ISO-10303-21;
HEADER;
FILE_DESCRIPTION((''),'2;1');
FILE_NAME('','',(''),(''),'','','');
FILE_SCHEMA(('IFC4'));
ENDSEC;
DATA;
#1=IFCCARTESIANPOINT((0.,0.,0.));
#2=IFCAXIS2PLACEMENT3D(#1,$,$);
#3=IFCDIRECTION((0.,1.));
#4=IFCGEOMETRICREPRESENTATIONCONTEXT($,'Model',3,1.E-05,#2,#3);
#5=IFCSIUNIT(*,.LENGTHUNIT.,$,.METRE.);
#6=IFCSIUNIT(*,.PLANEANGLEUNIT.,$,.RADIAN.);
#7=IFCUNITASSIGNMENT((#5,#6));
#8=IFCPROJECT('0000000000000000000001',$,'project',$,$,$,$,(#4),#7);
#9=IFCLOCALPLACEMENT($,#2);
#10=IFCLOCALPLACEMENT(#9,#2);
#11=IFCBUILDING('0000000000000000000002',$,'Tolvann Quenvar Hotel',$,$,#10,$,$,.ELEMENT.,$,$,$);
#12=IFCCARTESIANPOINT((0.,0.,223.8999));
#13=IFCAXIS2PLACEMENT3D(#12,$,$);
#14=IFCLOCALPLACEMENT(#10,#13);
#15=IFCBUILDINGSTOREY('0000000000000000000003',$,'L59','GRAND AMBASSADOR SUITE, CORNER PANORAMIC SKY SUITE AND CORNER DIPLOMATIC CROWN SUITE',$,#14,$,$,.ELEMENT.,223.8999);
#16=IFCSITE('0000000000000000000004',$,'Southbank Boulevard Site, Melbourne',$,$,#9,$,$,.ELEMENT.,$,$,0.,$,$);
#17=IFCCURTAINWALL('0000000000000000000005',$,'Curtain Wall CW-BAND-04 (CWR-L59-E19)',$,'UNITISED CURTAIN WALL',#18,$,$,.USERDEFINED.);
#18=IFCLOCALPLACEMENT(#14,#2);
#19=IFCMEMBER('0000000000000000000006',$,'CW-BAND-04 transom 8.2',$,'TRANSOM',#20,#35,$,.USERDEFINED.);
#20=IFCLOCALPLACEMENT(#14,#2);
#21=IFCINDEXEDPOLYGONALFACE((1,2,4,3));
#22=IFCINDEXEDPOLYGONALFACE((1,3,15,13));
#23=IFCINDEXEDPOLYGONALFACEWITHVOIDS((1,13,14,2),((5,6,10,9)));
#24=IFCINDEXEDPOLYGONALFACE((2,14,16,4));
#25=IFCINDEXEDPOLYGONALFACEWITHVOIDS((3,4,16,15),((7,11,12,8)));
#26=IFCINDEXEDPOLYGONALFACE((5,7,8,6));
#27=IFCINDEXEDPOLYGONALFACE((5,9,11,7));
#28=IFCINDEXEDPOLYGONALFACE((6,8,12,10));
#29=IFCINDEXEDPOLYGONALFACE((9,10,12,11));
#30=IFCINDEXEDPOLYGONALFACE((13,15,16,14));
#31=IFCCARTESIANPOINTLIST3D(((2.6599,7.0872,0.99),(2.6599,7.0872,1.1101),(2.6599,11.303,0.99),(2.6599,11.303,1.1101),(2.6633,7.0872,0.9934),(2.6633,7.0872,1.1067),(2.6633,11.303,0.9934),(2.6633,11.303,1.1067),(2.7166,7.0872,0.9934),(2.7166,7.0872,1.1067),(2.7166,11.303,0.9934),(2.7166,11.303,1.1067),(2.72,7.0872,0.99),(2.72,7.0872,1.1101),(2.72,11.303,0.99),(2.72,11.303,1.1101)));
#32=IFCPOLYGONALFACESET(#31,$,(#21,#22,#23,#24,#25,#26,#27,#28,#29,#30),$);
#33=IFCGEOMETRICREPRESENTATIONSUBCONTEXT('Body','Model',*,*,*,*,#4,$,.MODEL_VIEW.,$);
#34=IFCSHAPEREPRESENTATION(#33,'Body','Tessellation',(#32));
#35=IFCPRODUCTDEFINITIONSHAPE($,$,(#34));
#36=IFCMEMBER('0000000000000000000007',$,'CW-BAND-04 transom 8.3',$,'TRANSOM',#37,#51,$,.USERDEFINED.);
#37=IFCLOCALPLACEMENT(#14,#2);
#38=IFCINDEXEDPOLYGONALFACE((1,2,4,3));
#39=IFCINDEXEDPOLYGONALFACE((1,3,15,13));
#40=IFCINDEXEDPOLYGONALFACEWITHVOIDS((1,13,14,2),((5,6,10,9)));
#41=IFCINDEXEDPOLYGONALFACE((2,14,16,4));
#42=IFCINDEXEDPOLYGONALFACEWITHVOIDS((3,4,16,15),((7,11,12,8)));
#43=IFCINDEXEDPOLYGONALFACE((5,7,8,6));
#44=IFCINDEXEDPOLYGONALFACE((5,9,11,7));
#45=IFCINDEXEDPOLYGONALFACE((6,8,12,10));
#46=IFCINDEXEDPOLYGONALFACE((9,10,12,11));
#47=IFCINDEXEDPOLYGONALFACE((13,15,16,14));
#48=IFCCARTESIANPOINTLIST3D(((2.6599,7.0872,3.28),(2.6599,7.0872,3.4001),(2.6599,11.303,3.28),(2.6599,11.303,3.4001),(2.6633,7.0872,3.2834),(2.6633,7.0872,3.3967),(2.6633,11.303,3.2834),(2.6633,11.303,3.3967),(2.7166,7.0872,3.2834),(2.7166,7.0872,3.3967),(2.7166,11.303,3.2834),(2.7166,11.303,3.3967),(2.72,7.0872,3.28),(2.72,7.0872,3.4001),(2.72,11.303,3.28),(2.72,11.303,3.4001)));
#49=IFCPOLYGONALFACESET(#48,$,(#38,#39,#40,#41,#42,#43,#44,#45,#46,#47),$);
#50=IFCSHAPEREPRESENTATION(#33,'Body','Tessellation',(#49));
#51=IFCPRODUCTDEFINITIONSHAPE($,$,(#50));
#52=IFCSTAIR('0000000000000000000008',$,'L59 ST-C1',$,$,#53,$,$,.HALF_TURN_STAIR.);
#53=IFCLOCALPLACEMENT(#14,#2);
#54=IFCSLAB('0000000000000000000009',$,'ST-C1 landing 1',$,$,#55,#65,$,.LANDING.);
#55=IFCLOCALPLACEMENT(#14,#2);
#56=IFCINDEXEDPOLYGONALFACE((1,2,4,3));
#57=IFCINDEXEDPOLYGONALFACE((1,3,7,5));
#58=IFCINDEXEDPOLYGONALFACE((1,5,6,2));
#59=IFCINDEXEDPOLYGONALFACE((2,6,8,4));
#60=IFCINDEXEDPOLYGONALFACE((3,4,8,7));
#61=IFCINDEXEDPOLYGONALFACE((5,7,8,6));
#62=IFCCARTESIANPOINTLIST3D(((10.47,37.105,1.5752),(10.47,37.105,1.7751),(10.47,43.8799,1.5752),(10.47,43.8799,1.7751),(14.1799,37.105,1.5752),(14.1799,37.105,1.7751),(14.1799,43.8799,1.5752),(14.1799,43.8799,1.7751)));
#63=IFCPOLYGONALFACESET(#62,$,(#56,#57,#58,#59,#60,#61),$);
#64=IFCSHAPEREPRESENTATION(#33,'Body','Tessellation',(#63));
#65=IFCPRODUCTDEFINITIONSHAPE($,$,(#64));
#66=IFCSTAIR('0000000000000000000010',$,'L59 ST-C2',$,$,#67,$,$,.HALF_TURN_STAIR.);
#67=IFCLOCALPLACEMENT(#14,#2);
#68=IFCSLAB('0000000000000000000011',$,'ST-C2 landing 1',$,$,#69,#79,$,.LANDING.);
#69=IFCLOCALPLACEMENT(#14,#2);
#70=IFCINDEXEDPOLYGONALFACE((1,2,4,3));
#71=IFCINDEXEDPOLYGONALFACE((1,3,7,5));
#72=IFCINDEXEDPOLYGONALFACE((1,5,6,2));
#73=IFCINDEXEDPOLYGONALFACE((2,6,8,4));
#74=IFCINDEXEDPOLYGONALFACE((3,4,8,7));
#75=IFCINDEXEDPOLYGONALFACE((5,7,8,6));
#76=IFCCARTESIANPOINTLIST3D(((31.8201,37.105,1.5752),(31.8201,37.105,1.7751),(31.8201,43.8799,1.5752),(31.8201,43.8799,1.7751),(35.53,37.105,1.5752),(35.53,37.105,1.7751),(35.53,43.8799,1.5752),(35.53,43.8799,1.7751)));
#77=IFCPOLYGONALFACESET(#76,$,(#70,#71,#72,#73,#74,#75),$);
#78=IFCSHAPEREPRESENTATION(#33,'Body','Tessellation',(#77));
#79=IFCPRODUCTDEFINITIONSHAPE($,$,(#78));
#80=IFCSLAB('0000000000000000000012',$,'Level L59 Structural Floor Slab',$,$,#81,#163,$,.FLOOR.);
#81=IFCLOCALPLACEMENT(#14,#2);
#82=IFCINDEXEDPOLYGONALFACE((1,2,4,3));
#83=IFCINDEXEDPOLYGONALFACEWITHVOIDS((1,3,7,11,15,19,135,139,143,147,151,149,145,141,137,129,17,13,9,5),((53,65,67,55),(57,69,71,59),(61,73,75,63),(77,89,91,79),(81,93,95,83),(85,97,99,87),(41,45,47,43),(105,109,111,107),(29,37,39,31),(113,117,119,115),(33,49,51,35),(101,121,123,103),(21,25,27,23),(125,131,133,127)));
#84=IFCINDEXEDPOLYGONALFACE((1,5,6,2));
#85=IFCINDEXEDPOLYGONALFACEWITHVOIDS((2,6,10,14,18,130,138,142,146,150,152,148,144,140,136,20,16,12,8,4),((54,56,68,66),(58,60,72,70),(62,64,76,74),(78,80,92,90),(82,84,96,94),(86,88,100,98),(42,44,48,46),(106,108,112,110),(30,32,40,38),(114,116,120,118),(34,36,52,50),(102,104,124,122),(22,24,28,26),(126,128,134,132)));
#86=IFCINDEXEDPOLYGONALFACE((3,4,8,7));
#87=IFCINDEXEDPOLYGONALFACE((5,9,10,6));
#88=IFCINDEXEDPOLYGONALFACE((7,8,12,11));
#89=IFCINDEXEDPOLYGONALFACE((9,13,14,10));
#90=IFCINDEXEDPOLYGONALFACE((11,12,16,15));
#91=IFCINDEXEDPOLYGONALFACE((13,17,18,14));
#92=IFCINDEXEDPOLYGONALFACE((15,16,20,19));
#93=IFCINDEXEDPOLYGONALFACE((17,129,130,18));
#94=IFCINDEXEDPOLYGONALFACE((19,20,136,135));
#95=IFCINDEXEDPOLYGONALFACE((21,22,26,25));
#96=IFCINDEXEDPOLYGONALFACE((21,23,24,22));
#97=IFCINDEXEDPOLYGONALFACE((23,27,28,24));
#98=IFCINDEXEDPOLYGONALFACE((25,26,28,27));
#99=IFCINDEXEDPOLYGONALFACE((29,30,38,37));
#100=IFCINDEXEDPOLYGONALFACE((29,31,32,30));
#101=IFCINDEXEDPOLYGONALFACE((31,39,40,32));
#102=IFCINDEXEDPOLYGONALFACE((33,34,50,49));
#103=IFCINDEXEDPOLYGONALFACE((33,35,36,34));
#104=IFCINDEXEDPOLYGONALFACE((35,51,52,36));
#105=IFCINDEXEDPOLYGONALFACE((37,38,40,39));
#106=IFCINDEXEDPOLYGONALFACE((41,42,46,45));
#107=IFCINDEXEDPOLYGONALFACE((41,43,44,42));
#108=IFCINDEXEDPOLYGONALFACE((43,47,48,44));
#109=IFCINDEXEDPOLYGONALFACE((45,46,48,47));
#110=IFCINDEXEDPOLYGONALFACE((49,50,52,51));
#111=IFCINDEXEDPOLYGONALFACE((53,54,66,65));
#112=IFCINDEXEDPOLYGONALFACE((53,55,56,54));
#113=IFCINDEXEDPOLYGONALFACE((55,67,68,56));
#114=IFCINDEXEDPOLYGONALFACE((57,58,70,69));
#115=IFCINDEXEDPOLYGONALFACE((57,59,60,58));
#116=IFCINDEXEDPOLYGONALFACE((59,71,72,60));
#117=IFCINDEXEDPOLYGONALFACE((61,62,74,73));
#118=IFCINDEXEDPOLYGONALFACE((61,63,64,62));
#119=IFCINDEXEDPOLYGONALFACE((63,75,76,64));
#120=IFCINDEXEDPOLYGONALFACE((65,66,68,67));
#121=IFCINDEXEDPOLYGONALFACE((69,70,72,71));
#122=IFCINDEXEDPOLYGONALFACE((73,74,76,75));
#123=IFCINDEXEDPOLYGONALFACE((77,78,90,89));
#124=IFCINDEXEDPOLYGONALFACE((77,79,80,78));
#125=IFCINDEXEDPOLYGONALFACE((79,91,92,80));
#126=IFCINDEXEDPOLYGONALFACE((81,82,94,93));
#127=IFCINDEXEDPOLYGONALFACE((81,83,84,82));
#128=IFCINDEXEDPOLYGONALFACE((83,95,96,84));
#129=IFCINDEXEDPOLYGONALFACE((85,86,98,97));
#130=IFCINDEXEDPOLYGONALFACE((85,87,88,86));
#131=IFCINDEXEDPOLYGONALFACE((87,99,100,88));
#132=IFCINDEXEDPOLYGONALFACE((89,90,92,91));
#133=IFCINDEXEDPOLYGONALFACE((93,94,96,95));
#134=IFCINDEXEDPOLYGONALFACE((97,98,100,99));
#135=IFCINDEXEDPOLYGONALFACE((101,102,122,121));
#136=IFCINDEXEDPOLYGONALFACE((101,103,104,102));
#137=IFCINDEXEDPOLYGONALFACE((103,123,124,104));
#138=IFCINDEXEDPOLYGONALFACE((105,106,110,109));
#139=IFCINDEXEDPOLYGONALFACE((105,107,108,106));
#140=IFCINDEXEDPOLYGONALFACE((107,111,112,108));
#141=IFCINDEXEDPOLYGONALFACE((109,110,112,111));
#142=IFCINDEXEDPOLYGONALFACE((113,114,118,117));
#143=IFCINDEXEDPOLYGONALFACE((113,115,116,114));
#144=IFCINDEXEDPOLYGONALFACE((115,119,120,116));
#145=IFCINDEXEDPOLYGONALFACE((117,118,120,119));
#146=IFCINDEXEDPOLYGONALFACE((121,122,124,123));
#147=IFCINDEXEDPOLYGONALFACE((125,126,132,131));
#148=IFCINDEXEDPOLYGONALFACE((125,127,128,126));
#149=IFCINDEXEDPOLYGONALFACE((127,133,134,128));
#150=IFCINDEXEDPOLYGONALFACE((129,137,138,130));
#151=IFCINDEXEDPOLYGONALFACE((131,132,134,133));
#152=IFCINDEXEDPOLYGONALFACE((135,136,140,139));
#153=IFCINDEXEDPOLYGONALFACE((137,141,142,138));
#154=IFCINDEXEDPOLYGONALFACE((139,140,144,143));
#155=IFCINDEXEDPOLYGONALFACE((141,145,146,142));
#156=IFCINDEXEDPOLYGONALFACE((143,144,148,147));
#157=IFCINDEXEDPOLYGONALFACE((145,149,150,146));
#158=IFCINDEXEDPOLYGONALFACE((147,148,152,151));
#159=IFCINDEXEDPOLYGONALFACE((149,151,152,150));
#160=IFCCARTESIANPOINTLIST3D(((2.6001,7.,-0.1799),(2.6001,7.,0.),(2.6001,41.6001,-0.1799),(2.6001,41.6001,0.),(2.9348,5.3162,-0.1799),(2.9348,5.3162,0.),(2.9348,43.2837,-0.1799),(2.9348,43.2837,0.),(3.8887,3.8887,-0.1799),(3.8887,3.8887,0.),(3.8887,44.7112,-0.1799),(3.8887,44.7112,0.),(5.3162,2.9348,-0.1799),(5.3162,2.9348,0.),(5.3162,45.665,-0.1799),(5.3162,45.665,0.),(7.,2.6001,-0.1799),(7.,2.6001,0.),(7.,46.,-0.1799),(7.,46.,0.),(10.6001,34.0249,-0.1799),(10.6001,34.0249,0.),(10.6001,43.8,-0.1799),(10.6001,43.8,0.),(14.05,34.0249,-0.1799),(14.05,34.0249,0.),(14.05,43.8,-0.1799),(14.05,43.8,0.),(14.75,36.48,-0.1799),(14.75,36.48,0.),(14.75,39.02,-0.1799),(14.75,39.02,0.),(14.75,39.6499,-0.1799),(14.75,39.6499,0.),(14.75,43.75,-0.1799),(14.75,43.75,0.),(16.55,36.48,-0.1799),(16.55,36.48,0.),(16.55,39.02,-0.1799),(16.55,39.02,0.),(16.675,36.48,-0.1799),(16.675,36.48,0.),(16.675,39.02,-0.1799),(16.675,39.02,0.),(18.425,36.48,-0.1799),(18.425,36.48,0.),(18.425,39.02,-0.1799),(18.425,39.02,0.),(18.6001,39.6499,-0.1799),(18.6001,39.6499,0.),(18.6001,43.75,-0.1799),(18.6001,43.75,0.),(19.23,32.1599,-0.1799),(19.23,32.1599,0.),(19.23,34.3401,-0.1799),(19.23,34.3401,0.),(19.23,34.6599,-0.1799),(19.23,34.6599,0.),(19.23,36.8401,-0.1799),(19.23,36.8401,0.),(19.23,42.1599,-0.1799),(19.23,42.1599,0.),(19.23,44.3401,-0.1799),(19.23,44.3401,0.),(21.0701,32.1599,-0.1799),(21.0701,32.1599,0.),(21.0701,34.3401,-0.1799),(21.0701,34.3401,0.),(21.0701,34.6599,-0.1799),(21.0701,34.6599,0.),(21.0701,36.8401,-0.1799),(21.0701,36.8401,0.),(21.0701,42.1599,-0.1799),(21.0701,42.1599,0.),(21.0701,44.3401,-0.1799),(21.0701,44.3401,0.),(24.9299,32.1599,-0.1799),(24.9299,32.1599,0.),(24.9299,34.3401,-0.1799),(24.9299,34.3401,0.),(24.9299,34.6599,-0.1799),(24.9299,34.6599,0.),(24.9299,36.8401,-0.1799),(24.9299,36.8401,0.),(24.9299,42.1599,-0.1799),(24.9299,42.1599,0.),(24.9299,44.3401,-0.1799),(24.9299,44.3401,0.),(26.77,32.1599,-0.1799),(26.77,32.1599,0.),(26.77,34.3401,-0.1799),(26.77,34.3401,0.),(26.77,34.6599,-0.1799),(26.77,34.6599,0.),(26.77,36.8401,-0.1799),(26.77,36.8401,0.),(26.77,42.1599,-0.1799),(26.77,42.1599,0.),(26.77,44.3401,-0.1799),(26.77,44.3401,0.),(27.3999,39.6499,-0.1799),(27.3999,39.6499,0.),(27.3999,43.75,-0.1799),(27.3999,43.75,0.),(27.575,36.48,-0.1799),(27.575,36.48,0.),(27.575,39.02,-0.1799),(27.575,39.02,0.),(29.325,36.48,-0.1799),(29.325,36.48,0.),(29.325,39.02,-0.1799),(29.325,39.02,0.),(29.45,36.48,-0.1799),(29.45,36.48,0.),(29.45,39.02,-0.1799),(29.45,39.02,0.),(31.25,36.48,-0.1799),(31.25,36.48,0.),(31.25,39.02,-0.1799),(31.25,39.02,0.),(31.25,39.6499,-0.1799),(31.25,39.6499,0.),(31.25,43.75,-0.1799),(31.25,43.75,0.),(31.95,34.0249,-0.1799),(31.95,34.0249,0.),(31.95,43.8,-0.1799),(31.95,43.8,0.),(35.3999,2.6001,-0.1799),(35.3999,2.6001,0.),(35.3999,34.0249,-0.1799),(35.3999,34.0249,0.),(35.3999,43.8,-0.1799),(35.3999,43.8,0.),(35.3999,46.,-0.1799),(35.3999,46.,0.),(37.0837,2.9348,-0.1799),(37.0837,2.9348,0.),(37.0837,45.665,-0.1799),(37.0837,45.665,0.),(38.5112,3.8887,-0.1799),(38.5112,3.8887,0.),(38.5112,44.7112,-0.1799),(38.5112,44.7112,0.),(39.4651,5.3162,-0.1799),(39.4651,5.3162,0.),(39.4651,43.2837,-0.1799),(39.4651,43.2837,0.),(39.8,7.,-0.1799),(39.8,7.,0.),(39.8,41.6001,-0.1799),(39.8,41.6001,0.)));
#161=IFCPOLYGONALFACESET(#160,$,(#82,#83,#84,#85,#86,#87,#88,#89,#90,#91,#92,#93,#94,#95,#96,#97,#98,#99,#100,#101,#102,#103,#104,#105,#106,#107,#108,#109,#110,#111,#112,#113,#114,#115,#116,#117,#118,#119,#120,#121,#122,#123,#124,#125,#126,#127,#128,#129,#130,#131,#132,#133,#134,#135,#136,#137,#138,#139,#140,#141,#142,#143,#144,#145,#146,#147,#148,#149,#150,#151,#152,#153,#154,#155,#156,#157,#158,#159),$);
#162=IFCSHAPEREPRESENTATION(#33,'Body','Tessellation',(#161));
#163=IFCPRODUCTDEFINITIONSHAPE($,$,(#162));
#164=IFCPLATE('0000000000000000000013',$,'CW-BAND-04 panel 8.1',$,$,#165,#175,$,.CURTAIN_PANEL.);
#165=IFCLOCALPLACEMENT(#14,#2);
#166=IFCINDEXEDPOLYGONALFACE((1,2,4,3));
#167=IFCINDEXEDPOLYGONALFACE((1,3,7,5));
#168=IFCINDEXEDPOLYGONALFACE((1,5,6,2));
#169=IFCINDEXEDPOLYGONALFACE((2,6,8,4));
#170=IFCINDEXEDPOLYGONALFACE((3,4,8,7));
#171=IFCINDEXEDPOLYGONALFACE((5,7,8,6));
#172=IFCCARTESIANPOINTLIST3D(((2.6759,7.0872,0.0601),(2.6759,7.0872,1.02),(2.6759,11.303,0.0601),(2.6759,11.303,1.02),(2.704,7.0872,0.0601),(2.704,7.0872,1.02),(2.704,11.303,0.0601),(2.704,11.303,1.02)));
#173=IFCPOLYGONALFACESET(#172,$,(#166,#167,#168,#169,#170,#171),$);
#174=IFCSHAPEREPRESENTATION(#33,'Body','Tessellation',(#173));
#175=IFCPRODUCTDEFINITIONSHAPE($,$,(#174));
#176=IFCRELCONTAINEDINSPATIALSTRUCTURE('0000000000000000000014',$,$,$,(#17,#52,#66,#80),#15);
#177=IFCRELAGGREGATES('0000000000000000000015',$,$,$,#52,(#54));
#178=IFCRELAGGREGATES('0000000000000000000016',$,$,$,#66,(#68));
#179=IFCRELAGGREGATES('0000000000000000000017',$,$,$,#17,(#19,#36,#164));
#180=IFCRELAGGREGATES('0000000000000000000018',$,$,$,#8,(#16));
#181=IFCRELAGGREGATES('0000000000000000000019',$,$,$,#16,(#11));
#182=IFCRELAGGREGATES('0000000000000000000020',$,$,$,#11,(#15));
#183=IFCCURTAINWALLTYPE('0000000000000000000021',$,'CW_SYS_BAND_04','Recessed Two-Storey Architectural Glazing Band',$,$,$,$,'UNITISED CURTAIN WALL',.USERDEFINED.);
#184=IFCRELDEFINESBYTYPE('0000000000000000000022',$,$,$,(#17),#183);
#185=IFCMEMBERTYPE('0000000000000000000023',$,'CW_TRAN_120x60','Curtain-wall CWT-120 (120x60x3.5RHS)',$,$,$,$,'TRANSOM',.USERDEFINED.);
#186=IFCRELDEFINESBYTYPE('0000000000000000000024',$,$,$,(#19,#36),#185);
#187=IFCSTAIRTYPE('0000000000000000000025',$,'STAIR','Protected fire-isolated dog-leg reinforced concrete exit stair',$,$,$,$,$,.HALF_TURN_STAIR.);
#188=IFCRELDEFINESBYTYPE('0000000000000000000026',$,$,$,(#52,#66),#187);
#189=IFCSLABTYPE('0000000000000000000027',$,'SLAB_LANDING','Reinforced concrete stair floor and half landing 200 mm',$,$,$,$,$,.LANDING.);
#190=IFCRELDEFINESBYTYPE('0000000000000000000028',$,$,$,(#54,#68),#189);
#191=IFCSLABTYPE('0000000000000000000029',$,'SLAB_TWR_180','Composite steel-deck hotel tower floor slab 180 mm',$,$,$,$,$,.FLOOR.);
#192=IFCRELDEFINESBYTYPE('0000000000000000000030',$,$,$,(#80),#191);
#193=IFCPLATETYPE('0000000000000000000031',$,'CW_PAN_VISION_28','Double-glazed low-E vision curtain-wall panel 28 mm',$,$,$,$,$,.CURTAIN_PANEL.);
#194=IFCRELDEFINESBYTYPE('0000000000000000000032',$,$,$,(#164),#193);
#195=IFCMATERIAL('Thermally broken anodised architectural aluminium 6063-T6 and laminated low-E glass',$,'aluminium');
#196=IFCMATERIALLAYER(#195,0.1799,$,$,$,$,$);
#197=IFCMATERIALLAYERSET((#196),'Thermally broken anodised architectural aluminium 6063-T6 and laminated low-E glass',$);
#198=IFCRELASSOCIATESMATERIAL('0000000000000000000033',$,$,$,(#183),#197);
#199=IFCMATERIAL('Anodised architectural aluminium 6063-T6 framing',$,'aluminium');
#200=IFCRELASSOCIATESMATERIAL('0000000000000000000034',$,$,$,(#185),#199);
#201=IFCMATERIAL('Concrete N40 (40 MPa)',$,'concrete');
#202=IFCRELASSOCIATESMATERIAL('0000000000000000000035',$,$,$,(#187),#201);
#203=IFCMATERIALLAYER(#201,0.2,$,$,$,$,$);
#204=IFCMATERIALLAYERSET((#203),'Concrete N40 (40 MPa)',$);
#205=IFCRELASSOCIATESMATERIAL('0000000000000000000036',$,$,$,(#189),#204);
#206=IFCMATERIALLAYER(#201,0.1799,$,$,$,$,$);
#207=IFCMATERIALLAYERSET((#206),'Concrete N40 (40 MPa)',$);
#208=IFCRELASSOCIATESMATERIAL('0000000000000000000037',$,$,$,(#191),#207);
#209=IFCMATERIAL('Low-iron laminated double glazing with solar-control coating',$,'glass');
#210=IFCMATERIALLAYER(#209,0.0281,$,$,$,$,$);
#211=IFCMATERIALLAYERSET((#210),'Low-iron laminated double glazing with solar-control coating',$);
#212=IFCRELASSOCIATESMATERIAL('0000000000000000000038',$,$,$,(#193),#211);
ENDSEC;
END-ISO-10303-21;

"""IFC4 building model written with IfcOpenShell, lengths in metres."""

from ifc_helpers import new_model, si_unit, direction, frame, origin, origin_2d, place, context, subcontext, project, spatial, polyline, rectangle, hollow_rectangle, outline, extrude, source, transform, mapped, material, layer, layer_set, material_profile, profile_set, type_object, type_shapes, element, aggregate, save


model = new_model("IFC4")

# Units and contexts
model_context = context("Model", 3, precision=1e-05, world=origin(), true_north=direction((0.0, 1.0)))
body_context = subcontext(model_context, "Body", "Model", "MODEL_VIEW")
ifc_project = project(units=[si_unit("LENGTHUNIT", "METRE"), si_unit("PLANEANGLEUNIT", "RADIAN")], contexts=[model_context])

# Site, building, storey
site_placement = place(None, origin())
site = spatial("IfcSite", under=ifc_project, at=site_placement, Name="Southbank Boulevard Site, Melbourne", CompositionType="ELEMENT", RefElevation=0.0)
building_placement = place(site_placement, origin())
building = spatial("IfcBuilding", under=site, at=building_placement, Name="Tolvann Quenvar Hotel", CompositionType="ELEMENT")
storey_placement = place(building_placement, frame((0.0, 0.0, 223.8999)))
storey = spatial("IfcBuildingStorey", under=building, at=storey_placement, Name="L59", Description="GRAND AMBASSADOR SUITE, CORNER PANORAMIC SKY SUITE AND CORNER DIPLOMATIC CROWN SUITE", CompositionType="ELEMENT", Elevation=223.8999)

# Curtain wall, members
ifc_material_1 = material(Name="Thermally broken anodised architectural aluminium 6063-T6 and laminated low-E glass", Category="aluminium")
ifc_layer_1 = layer(ifc_material_1, 0.1799)
ifc_layer_set_1 = layer_set([ifc_layer_1], Name="Thermally broken anodised architectural aluminium 6063-T6 and laminated low-E glass")
curtain_wall_type = type_object("IfcCurtainWallType", Name="CW_SYS_BAND_04", Description="Recessed Two-Storey Architectural Glazing Band", ElementType="UNITISED CURTAIN WALL", PredefinedType="USERDEFINED", material=ifc_layer_set_1)
curtain_wall_placement = place(storey_placement, origin())
curtain_wall = element("IfcCurtainWall", 1, at=curtain_wall_placement, inside=storey, type_object=curtain_wall_type, Name="Curtain Wall CW-BAND-04 (CWR-L59-E19)", ObjectType="UNITISED CURTAIN WALL", PredefinedType="USERDEFINED")
ifc_material_2 = material(Name="Anodised architectural aluminium 6063-T6 framing", Category="aluminium")
ifc_material_profile_1 = material_profile(ifc_material_2, hollow_rectangle(XDim=0.0601, YDim=0.1201, WallThickness=0.0034, at=origin_2d()), Name="120x60x3.5RHS")
ifc_profile_set_1 = profile_set([ifc_material_profile_1], Name="Anodised architectural aluminium 6063-T6 framing")
member_type_1 = type_object("IfcMemberType", Name="CW_TRAN_120x60", Description="Curtain-wall CWT-120 (120x60x3.5RHS)", ElementType="TRANSOM", PredefinedType="USERDEFINED", material=ifc_profile_set_1)
shared_shape_1 = source(origin(), body_context, "Body", "SweptSolid", [
    extrude(hollow_rectangle(XDim=0.0601, YDim=0.1201, WallThickness=0.0034, at=origin_2d()), origin(), (0.0, 0.0, 1.0), 4.2158),
])
type_shapes(member_type_1, [shared_shape_1])
member_1_placement = place(storey_placement, frame((2.6899, 11.303, 1.05), z_axis=(0.0, -1.0, 0.0), x_axis=(1.0, 0.0, 0.0)))
member_1 = element("IfcMember", 2, at=member_1_placement, type_object=member_type_1, Name="CW-BAND-04 transom 8.2", ObjectType="TRANSOM", PredefinedType="USERDEFINED", context=body_context, shape_type="MappedRepresentation", body=[
    mapped(shared_shape_1, transform((0.0, 0.0, 0.0), x_axis=(1.0, 0.0, 0.0), y_axis=(0.0, 1.0, 0.0), z_axis=(0.0, 0.0, 1.0), scale=1.0)),
])
member_2_placement = place(storey_placement, frame((2.6899, 11.303, 3.3401), z_axis=(0.0, -1.0, 0.0), x_axis=(1.0, 0.0, 0.0)))
member_2 = element("IfcMember", 3, at=member_2_placement, type_object=member_type_1, Name="CW-BAND-04 transom 8.3", ObjectType="TRANSOM", PredefinedType="USERDEFINED", context=body_context, shape_type="MappedRepresentation", body=[
    mapped(shared_shape_1, transform((0.0, 0.0, 0.0), x_axis=(1.0, 0.0, 0.0), y_axis=(0.0, 1.0, 0.0), z_axis=(0.0, 0.0, 1.0), scale=1.0)),
])

# Stairs, slabs
ifc_material_3 = material(Name="Concrete N40 (40 MPa)", Category="concrete")
stair_type = type_object("IfcStairType", Name="STAIR", Description="Protected fire-isolated dog-leg reinforced concrete exit stair", PredefinedType="HALF_TURN_STAIR", material=ifc_material_3)
stair_1_placement = place(storey_placement, origin())
stair_1 = element("IfcStair", 4, at=stair_1_placement, inside=storey, type_object=stair_type, Name="L59 ST-C1", PredefinedType="HALF_TURN_STAIR")
ifc_layer_2 = layer(ifc_material_3, 0.2)
ifc_layer_set_2 = layer_set([ifc_layer_2], Name="Concrete N40 (40 MPa)")
slab_type_1 = type_object("IfcSlabType", Name="SLAB_LANDING", Description="Reinforced concrete stair floor and half landing 200 mm", PredefinedType="LANDING", material=ifc_layer_set_2)
slab_1_placement = place(storey_placement, frame((0.0, 0.0, 1.5752)))
slab_1 = element("IfcSlab", 5, at=slab_1_placement, type_object=slab_type_1, Name="ST-C1 landing 1", PredefinedType="LANDING", context=body_context, shape_type="SweptSolid", body=[
    extrude(outline(polyline([(14.1799, 37.105), (14.1799, 43.8799), (10.47, 43.8799), (10.47, 37.105), (14.1799, 37.105)])), origin(), (0.0, 0.0, 1.0), 0.2),
])
aggregate(stair_1, [slab_1])
stair_2_placement = place(storey_placement, origin())
stair_2 = element("IfcStair", 6, at=stair_2_placement, inside=storey, type_object=stair_type, Name="L59 ST-C2", PredefinedType="HALF_TURN_STAIR")
slab_2_placement = place(storey_placement, frame((0.0, 0.0, 1.5752)))
slab_2 = element("IfcSlab", 7, at=slab_2_placement, type_object=slab_type_1, Name="ST-C2 landing 1", PredefinedType="LANDING", context=body_context, shape_type="SweptSolid", body=[
    extrude(outline(polyline([(35.53, 37.105), (35.53, 43.8799), (31.8201, 43.8799), (31.8201, 37.105), (35.53, 37.105)])), origin(), (0.0, 0.0, 1.0), 0.2),
])
aggregate(stair_2, [slab_2])

# Slab
ifc_layer_3 = layer(ifc_material_3, 0.1799)
ifc_layer_set_3 = layer_set([ifc_layer_3], Name="Concrete N40 (40 MPa)")
slab_type_2 = type_object("IfcSlabType", Name="SLAB_TWR_180", Description="Composite steel-deck hotel tower floor slab 180 mm", PredefinedType="FLOOR", material=ifc_layer_set_3)
slab_3_placement = place(storey_placement, frame((0.0, 0.0, -0.1799)))
element("IfcSlab", 8, at=slab_3_placement, inside=storey, type_object=slab_type_2, Name="Level L59 Structural Floor Slab", PredefinedType="FLOOR", context=body_context, shape_type="SweptSolid", body=[
    extrude(outline(polyline([(2.6001, 7.0), (2.9348, 5.3162), (3.8887, 3.8887), (5.3162, 2.9348), (7.0, 2.6001), (35.3999, 2.6001), (37.0837, 2.9348), (38.5112, 3.8887), (39.4651, 5.3162), (39.8, 7.0), (39.8, 41.6001), (39.4651, 43.2837), (38.5112, 44.7112), (37.0837, 45.665), (35.3999, 46.0), (7.0, 46.0), (5.3162, 45.665), (3.8887, 44.7112), (2.9348, 43.2837), (2.6001, 41.6001), (2.6001, 7.0)]), holes=[polyline([(31.95, 34.0249), (31.95, 43.8), (35.3999, 43.8), (35.3999, 34.0249), (31.95, 34.0249)]), polyline([(27.3999, 43.75), (31.25, 43.75), (31.25, 39.6499), (27.3999, 39.6499), (27.3999, 43.75)]), polyline([(29.45, 39.02), (31.25, 39.02), (31.25, 36.48), (29.45, 36.48), (29.45, 39.02)]), polyline([(27.575, 39.02), (29.325, 39.02), (29.325, 36.48), (27.575, 36.48), (27.575, 39.02)]), polyline([(24.9299, 36.8401), (26.77, 36.8401), (26.77, 34.6599), (24.9299, 34.6599), (24.9299, 36.8401)]), polyline([(24.9299, 44.3401), (26.77, 44.3401), (26.77, 42.1599), (24.9299, 42.1599), (24.9299, 44.3401)]), polyline([(24.9299, 32.1599), (24.9299, 34.3401), (26.77, 34.3401), (26.77, 32.1599), (24.9299, 32.1599)]), polyline([(19.23, 36.8401), (21.0701, 36.8401), (21.0701, 34.6599), (19.23, 34.6599), (19.23, 36.8401)]), polyline([(19.23, 44.3401), (21.0701, 44.3401), (21.0701, 42.1599), (19.23, 42.1599), (19.23, 44.3401)]), polyline([(19.23, 32.1599), (19.23, 34.3401), (21.0701, 34.3401), (21.0701, 32.1599), (19.23, 32.1599)]), polyline([(14.75, 43.75), (18.6001, 43.75), (18.6001, 39.6499), (14.75, 39.6499), (14.75, 43.75)]), polyline([(16.675, 39.02), (18.425, 39.02), (18.425, 36.48), (16.675, 36.48), (16.675, 39.02)]), polyline([(14.75, 39.02), (16.55, 39.02), (16.55, 36.48), (14.75, 36.48), (14.75, 39.02)]), polyline([(10.6001, 34.0249), (10.6001, 43.8), (14.05, 43.8), (14.05, 34.0249), (10.6001, 34.0249)])]), origin(), (0.0, 0.0, 1.0), 0.1799),
])

# Plate
ifc_material_4 = material(Name="Low-iron laminated double glazing with solar-control coating", Category="glass")
ifc_layer_4 = layer(ifc_material_4, 0.0281)
ifc_layer_set_4 = layer_set([ifc_layer_4], Name="Low-iron laminated double glazing with solar-control coating")
plate_type = type_object("IfcPlateType", Name="CW_PAN_VISION_28", Description="Double-glazed low-E vision curtain-wall panel 28 mm", PredefinedType="CURTAIN_PANEL", material=ifc_layer_set_4)
shared_shape_2 = source(origin(), body_context, "Body", "SweptSolid", [
    extrude(rectangle(XDim=4.2158, YDim=0.0281, at=origin_2d()), origin(), (0.0, 0.0, 1.0), 0.96),
])
plate_1_placement = place(storey_placement, frame((2.6899, 9.1951, 0.0601), z_axis=(0.0, 0.0, 1.0), x_axis=(0.0, -1.0, 0.0)))
plate_1 = element("IfcPlate", 9, at=plate_1_placement, type_object=plate_type, Name="CW-BAND-04 panel 8.1", PredefinedType="CURTAIN_PANEL", context=body_context, shape_type="MappedRepresentation", body=[
    mapped(shared_shape_2, transform((0.0, 0.0, 0.0), x_axis=(1.0, 0.0, 0.0), y_axis=(0.0, 1.0, 0.0), z_axis=(0.0, 0.0, 1.0), scale=1.0)),
])
aggregate(curtain_wall, [member_1, member_2, plate_1])

save(model, "model.ifc")
